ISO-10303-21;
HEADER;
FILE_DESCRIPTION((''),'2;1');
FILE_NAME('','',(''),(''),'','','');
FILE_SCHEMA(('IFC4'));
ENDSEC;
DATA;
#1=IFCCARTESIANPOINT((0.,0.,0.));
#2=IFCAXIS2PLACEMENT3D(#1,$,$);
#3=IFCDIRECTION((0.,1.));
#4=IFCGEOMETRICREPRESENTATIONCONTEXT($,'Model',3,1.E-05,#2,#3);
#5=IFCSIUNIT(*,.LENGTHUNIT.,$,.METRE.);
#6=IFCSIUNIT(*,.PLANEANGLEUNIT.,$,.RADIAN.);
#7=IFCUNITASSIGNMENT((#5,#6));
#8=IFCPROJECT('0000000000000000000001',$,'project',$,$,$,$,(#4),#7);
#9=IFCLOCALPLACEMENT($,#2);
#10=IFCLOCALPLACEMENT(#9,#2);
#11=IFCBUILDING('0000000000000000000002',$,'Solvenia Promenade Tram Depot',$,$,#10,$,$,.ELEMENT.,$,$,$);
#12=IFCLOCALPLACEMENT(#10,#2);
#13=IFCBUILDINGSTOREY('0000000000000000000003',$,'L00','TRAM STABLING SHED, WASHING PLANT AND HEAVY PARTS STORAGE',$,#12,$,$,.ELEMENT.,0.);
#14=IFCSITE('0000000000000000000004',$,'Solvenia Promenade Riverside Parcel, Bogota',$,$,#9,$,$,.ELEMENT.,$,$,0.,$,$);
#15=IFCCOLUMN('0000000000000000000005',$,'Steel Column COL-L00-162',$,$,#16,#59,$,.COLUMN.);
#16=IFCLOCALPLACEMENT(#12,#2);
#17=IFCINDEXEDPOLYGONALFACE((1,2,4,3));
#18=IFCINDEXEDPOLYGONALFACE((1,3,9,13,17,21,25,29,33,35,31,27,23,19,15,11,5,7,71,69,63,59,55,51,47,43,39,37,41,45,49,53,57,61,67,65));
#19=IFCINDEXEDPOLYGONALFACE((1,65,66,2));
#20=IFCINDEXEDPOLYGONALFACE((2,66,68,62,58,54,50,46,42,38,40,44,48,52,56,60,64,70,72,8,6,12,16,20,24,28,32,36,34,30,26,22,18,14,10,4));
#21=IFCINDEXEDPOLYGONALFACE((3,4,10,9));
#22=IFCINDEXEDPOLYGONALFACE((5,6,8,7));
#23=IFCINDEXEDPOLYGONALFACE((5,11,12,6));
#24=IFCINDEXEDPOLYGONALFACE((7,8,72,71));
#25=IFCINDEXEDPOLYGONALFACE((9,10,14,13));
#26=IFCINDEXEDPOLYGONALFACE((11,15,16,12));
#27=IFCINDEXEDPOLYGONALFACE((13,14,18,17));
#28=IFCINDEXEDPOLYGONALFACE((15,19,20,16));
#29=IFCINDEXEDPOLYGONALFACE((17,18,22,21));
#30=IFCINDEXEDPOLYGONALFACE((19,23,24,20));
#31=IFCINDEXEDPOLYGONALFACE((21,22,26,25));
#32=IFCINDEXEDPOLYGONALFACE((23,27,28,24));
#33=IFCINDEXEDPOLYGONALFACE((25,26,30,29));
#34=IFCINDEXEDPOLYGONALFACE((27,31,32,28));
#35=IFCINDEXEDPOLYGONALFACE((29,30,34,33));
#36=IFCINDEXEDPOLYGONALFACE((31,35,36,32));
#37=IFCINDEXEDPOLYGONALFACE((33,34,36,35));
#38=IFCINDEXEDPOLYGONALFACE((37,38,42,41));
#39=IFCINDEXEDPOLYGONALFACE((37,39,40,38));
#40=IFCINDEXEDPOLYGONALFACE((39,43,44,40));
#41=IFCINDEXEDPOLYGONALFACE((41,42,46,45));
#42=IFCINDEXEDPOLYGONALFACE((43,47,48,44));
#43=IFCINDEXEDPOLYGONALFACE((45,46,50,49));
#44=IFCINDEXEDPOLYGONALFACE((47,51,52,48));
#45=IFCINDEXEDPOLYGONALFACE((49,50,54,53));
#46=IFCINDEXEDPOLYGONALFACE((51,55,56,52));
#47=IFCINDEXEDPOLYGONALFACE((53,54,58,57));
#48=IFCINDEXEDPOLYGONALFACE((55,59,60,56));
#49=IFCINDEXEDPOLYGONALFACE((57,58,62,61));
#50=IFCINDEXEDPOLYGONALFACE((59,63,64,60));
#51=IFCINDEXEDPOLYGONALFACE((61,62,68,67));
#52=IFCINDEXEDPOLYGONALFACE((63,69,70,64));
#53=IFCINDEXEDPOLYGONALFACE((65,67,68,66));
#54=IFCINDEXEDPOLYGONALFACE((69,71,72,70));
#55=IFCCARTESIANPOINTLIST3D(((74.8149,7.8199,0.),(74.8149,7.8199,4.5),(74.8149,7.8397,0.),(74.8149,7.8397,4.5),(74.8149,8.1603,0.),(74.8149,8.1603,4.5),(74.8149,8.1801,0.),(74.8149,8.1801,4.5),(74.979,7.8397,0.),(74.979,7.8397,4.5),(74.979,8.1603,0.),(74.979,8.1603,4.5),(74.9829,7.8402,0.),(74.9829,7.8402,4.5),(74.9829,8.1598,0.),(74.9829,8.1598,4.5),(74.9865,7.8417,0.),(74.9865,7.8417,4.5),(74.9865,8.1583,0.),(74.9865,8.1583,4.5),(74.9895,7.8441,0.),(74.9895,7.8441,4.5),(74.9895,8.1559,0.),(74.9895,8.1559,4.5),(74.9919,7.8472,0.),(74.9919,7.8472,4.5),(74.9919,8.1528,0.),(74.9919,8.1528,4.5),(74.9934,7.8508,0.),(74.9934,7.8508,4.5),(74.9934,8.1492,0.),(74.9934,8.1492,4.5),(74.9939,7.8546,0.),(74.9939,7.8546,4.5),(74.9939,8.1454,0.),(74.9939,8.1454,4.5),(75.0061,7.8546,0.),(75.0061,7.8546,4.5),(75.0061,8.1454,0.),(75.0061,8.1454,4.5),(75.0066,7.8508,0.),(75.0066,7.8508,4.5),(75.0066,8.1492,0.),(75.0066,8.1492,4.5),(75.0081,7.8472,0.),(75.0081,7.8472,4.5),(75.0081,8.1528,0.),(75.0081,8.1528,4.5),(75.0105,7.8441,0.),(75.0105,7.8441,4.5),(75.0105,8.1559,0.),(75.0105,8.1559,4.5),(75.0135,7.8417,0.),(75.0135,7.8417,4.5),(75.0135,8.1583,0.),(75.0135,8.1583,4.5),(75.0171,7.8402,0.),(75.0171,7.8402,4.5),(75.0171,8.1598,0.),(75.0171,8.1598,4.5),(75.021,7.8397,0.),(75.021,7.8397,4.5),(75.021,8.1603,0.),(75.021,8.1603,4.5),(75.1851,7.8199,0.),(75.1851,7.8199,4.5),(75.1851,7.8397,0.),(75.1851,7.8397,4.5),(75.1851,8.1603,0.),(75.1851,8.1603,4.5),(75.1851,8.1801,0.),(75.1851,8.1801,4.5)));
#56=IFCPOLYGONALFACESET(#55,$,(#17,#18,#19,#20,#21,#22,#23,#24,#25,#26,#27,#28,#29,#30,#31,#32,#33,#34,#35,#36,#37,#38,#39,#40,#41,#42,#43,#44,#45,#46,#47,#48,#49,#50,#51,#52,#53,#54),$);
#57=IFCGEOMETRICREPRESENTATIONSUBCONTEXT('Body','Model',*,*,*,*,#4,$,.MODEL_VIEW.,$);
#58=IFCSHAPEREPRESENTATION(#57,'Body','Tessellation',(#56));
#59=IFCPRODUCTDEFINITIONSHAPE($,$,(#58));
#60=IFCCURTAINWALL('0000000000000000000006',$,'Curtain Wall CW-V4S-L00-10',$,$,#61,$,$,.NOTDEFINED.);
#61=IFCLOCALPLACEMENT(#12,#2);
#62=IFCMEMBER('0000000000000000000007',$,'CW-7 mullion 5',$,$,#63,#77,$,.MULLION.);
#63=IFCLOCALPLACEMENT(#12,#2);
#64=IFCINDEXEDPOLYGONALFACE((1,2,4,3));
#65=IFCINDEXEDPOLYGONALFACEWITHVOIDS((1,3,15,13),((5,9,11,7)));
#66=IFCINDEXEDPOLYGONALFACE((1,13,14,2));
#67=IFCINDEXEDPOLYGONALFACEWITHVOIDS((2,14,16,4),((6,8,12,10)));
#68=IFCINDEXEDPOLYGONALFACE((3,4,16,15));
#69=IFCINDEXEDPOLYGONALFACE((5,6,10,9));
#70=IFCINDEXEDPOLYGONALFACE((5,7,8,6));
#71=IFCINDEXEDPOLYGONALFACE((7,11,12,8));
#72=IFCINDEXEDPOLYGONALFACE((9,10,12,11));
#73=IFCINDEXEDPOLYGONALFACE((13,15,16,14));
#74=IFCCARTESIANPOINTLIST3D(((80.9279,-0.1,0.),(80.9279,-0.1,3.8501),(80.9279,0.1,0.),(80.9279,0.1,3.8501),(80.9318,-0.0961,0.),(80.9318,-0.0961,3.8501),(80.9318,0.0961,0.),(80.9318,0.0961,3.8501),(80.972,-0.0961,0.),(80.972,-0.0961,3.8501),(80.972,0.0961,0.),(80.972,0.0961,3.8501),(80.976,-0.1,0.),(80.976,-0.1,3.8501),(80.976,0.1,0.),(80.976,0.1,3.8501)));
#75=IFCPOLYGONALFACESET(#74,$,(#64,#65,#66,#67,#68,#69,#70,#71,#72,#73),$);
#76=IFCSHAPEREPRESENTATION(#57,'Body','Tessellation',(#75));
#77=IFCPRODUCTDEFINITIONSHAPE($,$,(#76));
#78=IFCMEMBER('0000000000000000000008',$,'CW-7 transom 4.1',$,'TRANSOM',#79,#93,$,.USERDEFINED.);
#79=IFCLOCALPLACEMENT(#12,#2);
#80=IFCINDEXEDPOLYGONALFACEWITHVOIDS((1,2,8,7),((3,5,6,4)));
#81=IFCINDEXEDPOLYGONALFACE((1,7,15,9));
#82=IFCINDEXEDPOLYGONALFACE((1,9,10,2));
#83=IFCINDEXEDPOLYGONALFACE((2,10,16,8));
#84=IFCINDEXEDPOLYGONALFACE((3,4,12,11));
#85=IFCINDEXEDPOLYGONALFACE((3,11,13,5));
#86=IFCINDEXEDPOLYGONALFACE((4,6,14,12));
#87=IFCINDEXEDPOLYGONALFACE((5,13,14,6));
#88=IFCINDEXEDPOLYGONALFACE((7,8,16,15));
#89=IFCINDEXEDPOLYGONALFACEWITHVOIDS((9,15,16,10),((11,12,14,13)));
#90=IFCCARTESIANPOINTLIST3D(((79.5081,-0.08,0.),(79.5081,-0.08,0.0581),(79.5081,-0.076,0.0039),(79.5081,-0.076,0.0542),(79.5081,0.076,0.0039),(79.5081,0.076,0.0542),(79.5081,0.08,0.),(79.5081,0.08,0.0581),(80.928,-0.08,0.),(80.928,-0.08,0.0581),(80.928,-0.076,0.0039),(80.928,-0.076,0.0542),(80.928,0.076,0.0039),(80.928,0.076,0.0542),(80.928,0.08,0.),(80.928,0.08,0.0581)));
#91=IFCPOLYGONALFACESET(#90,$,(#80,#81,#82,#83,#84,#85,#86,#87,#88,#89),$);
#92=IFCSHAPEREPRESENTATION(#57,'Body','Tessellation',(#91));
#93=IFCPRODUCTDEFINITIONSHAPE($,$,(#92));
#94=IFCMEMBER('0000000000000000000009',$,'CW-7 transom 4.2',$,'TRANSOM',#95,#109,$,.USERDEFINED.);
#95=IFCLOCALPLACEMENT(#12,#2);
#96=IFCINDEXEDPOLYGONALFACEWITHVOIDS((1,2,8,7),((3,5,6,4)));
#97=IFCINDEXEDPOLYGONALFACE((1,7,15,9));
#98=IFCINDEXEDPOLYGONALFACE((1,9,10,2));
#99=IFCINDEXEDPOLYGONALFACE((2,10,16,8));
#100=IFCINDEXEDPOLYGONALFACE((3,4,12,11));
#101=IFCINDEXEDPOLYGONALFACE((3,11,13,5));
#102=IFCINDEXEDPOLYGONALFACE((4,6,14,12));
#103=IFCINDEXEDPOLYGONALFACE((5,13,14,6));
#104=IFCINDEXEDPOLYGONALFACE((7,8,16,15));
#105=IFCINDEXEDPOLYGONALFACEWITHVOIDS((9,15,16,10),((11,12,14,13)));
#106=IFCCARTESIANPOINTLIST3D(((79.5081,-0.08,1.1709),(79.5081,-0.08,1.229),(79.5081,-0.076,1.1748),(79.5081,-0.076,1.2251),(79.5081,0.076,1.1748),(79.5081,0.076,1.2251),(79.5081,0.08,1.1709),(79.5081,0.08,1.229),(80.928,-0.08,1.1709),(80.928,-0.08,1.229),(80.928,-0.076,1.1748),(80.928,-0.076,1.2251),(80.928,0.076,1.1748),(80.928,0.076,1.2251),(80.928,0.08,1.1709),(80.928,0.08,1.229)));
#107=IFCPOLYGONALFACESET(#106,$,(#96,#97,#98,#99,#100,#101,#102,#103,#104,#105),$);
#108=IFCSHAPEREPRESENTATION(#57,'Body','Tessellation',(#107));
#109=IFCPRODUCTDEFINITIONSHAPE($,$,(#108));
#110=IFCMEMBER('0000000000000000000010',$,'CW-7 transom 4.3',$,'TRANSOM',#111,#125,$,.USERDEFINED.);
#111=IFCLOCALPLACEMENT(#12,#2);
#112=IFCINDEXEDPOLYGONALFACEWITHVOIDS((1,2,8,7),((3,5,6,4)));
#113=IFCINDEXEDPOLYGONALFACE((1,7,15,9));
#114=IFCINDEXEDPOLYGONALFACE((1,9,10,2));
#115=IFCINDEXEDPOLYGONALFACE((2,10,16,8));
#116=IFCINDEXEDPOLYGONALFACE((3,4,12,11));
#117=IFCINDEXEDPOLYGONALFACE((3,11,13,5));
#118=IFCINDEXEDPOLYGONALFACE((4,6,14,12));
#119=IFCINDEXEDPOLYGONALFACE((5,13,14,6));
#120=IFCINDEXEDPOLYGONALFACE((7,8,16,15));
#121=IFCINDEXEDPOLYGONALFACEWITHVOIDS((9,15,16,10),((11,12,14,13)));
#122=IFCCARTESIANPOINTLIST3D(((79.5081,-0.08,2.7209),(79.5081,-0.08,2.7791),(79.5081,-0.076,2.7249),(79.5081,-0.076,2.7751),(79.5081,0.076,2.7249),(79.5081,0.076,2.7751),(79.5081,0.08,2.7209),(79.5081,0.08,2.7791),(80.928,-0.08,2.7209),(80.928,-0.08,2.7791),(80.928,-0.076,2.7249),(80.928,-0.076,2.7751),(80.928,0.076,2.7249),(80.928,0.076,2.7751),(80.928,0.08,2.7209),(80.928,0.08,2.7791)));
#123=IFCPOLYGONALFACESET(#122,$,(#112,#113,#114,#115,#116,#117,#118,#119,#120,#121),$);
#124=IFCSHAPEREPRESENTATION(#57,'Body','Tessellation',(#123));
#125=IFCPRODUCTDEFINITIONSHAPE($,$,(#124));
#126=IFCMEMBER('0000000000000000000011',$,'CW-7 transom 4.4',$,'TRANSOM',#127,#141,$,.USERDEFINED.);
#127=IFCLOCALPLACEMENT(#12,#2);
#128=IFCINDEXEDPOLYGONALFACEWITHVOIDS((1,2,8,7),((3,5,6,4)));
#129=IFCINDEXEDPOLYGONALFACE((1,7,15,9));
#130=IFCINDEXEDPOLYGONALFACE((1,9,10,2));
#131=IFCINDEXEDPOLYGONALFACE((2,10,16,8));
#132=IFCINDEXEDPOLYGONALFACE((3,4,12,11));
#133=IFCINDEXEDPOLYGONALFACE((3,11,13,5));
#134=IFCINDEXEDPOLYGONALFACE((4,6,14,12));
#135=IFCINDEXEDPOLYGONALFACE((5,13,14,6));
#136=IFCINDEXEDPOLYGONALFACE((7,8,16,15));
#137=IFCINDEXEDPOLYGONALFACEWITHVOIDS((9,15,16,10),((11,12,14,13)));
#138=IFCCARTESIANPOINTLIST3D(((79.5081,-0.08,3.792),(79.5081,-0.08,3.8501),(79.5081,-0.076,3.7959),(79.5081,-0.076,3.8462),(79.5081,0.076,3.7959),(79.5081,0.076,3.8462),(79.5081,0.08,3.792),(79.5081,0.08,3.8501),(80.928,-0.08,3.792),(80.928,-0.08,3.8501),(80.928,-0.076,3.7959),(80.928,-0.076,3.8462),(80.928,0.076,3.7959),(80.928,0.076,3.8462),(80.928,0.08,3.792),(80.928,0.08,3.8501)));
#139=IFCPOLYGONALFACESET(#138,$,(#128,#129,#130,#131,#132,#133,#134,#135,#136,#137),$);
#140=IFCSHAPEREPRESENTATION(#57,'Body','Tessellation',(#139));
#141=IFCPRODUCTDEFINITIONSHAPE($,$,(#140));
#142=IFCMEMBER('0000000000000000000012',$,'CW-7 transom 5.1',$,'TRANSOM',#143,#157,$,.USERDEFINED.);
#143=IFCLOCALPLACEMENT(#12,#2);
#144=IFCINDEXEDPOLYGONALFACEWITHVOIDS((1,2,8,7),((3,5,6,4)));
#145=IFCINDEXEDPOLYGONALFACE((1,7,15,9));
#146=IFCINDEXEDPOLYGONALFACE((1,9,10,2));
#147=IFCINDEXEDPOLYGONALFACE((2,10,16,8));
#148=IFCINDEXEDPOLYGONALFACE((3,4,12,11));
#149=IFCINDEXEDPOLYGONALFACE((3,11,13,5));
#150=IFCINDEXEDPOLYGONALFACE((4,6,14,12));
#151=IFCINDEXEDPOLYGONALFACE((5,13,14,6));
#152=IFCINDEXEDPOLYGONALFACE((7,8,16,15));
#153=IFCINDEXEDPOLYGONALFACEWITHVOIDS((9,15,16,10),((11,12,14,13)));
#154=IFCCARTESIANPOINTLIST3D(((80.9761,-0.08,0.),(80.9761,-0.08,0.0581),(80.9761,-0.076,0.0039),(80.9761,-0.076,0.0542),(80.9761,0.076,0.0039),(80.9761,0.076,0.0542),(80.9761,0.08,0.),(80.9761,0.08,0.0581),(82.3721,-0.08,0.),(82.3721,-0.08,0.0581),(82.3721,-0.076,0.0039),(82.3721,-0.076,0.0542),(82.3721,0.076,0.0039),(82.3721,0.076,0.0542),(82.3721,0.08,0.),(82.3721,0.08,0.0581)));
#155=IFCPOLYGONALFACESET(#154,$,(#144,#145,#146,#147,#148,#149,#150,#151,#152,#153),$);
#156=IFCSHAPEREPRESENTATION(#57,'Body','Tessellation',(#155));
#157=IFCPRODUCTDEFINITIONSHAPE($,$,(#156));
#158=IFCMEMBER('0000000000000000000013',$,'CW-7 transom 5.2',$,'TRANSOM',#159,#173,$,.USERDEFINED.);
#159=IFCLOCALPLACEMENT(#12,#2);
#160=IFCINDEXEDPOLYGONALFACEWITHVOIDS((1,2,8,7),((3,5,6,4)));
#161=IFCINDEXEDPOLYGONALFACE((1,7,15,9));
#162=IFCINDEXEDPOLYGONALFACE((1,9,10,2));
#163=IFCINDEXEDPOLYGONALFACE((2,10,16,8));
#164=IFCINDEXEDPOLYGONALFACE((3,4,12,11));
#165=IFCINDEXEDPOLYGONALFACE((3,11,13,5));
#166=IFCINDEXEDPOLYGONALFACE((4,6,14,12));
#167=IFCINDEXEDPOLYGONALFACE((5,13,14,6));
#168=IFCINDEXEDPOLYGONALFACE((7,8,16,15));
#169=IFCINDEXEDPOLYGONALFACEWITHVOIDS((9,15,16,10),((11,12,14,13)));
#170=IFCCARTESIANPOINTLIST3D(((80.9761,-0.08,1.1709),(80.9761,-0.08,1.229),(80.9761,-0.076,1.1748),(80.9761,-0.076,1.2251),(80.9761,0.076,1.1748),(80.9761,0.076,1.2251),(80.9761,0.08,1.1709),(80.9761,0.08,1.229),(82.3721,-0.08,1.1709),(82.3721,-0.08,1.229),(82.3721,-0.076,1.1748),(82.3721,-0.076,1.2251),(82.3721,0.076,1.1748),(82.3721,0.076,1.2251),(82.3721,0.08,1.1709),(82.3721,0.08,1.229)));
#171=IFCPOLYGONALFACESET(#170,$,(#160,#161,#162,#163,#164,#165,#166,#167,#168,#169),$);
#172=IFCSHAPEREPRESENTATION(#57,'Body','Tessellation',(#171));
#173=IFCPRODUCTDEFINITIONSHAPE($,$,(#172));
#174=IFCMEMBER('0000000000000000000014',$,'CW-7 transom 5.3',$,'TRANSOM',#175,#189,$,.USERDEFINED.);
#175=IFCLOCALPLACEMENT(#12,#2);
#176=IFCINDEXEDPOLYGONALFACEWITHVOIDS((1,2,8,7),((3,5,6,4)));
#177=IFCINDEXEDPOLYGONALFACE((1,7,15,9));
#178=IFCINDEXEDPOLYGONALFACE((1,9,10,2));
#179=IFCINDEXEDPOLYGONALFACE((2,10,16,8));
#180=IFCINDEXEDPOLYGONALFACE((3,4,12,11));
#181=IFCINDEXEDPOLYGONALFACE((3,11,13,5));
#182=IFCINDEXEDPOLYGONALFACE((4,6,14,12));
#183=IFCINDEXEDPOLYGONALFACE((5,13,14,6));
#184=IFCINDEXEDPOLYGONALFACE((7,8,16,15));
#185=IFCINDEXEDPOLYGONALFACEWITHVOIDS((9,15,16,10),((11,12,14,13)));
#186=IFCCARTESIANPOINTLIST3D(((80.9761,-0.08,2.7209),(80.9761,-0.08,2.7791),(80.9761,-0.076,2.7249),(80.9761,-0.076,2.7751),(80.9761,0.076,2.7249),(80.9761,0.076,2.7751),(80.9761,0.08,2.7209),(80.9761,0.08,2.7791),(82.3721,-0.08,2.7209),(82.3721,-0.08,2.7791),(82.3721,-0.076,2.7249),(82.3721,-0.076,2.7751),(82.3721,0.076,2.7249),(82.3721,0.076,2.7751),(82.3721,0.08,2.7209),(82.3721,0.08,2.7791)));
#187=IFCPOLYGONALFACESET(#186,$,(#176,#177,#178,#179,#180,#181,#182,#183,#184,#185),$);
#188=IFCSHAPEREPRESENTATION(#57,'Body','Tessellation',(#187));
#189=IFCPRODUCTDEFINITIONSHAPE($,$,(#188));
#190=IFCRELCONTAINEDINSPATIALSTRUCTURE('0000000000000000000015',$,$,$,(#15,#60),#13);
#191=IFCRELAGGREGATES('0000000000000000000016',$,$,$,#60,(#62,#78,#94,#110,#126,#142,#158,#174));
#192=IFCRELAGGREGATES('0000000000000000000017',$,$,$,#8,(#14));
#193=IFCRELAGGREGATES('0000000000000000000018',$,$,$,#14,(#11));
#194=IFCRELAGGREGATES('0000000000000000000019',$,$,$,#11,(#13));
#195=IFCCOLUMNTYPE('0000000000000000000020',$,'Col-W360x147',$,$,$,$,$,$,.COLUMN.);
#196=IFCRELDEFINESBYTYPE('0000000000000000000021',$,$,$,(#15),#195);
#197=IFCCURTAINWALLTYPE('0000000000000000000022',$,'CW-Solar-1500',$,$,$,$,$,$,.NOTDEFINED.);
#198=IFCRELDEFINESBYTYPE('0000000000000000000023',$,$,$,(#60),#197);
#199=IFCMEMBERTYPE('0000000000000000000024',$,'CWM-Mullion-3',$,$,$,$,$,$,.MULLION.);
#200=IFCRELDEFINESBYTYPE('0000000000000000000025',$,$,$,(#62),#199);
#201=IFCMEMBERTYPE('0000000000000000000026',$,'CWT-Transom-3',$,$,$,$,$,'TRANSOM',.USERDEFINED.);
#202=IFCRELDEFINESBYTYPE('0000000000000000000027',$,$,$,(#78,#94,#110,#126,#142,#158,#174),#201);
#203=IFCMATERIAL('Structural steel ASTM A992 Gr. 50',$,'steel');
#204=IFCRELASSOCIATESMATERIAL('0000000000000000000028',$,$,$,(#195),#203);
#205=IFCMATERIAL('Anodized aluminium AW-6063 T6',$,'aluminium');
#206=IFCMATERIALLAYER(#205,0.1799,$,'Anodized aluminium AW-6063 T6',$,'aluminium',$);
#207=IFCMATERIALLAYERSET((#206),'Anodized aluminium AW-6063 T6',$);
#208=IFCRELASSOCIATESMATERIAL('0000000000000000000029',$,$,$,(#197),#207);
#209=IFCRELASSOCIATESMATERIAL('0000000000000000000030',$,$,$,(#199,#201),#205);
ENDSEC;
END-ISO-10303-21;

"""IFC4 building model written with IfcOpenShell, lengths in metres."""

from ifc_helpers import new_model, si_unit, direction, frame, origin, origin_2d, place, context, subcontext, project, spatial, hollow_rectangle, i_section, extrude, material, layer, layer_set, material_profile, profile_set, type_object, element, aggregate, save


model = new_model("IFC4")

# Units and contexts
model_context = context("Model", 3, precision=1e-05, world=origin(), true_north=direction((0.0, 1.0)))
body_context = subcontext(model_context, "Body", "Model", "MODEL_VIEW")
ifc_project = project(units=[si_unit("LENGTHUNIT", "METRE"), si_unit("PLANEANGLEUNIT", "RADIAN")], contexts=[model_context])

# Site, building, storey
site_placement = place(None, origin())
site = spatial("IfcSite", under=ifc_project, at=site_placement, Name="Solvenia Promenade Riverside Parcel, Bogota", CompositionType="ELEMENT", RefElevation=0.0)
building_placement = place(site_placement, origin())
building = spatial("IfcBuilding", under=site, at=building_placement, Name="Solvenia Promenade Tram Depot", CompositionType="ELEMENT")
storey_placement = place(building_placement, origin())
storey = spatial("IfcBuildingStorey", under=building, at=storey_placement, Name="L00", Description="TRAM STABLING SHED, WASHING PLANT AND HEAVY PARTS STORAGE", CompositionType="ELEMENT", Elevation=0.0)

# Column
ifc_material_1 = material(Name="Structural steel ASTM A992 Gr. 50", Category="steel")
ifc_material_profile_1 = material_profile(ifc_material_1, i_section(OverallWidth=0.3701, OverallDepth=0.3601, WebThickness=0.0122, FlangeThickness=0.0198, FilletRadius=0.0149, at=origin_2d()), Name="W360x147", Category="steel")
ifc_profile_set_1 = profile_set([ifc_material_profile_1], Name="Structural steel ASTM A992 Gr. 50")
column_type = type_object("IfcColumnType", Name="Col-W360x147", PredefinedType="COLUMN", material=ifc_profile_set_1)
column_placement = place(storey_placement, frame((75.0, 8.0, 0.0), z_axis=(0.0, 0.0, 1.0), x_axis=(1.0, 0.0, 0.0)))
element("IfcColumn", 1, at=column_placement, inside=storey, type_object=column_type, Name="Steel Column COL-L00-162", PredefinedType="COLUMN", context=body_context, shape_type="SweptSolid", body=[
    extrude(i_section(OverallWidth=0.3701, OverallDepth=0.3601, WebThickness=0.0122, FlangeThickness=0.0198, FilletRadius=0.0149, at=origin_2d()), origin(), (0.0, 0.0, 1.0), 4.5),
])

# Curtain wall, members
ifc_material_2 = material(Name="Anodized aluminium AW-6063 T6", Category="aluminium")
ifc_layer_1 = layer(ifc_material_2, 0.1799, Name="Anodized aluminium AW-6063 T6", Category="aluminium")
ifc_layer_set_1 = layer_set([ifc_layer_1], Name="Anodized aluminium AW-6063 T6")
curtain_wall_type = type_object("IfcCurtainWallType", Name="CW-Solar-1500", PredefinedType="NOTDEFINED", material=ifc_layer_set_1)
curtain_wall_placement = place(storey_placement, origin())
curtain_wall = element("IfcCurtainWall", 2, at=curtain_wall_placement, inside=storey, type_object=curtain_wall_type, Name="Curtain Wall CW-V4S-L00-10", PredefinedType="NOTDEFINED")
ifc_material_profile_2 = material_profile(ifc_material_2, hollow_rectangle(XDim=0.2, YDim=0.0481, WallThickness=0.0039, at=origin_2d()), Name="ALU-M3", Category="aluminium")
ifc_profile_set_2 = profile_set([ifc_material_profile_2], Name="Anodized aluminium AW-6063 T6")
member_type_1 = type_object("IfcMemberType", Name="CWM-Mullion-3", PredefinedType="MULLION", material=ifc_profile_set_2)
member_1_placement = place(storey_placement, frame((80.9519, 0.0, 0.0), z_axis=(0.0, 0.0, 1.0), x_axis=(0.0, 1.0, 0.0)))
member_1 = element("IfcMember", 3, at=member_1_placement, type_object=member_type_1, Name="CW-7 mullion 5", PredefinedType="MULLION", context=body_context, shape_type="SweptSolid", body=[
    extrude(hollow_rectangle(XDim=0.2, YDim=0.0481, WallThickness=0.0039, at=origin_2d()), origin(), (0.0, 0.0, 1.0), 3.8501),
])
ifc_material_profile_3 = material_profile(ifc_material_2, hollow_rectangle(XDim=0.1599, YDim=0.0581, WallThickness=0.0039, at=origin_2d()), Name="ALU-T3", Category="aluminium")
ifc_profile_set_3 = profile_set([ifc_material_profile_3], Name="Anodized aluminium AW-6063 T6")
member_type_2 = type_object("IfcMemberType", Name="CWT-Transom-3", ElementType="TRANSOM", PredefinedType="USERDEFINED", material=ifc_profile_set_3)
member_2_placement = place(storey_placement, frame((79.5081, 0.0, 0.0291), z_axis=(1.0, 0.0, 0.0), x_axis=(0.0, 1.0, 0.0)))
member_2 = element("IfcMember", 4, at=member_2_placement, type_object=member_type_2, Name="CW-7 transom 4.1", ObjectType="TRANSOM", PredefinedType="USERDEFINED", context=body_context, shape_type="SweptSolid", body=[
    extrude(hollow_rectangle(XDim=0.1599, YDim=0.0581, WallThickness=0.0039, at=origin_2d()), origin(), (0.0, 0.0, 1.0), 1.4199),
])
member_3_placement = place(storey_placement, frame((79.5081, 0.0, 1.2), z_axis=(1.0, 0.0, 0.0), x_axis=(0.0, 1.0, 0.0)))
member_3 = element("IfcMember", 5, at=member_3_placement, type_object=member_type_2, Name="CW-7 transom 4.2", ObjectType="TRANSOM", PredefinedType="USERDEFINED", context=body_context, shape_type="SweptSolid", body=[
    extrude(hollow_rectangle(XDim=0.1599, YDim=0.0581, WallThickness=0.0039, at=origin_2d()), origin(), (0.0, 0.0, 1.0), 1.4199),
])
member_4_placement = place(storey_placement, frame((79.5081, 0.0, 2.75), z_axis=(1.0, 0.0, 0.0), x_axis=(0.0, 1.0, 0.0)))
member_4 = element("IfcMember", 6, at=member_4_placement, type_object=member_type_2, Name="CW-7 transom 4.3", ObjectType="TRANSOM", PredefinedType="USERDEFINED", context=body_context, shape_type="SweptSolid", body=[
    extrude(hollow_rectangle(XDim=0.1599, YDim=0.0581, WallThickness=0.0039, at=origin_2d()), origin(), (0.0, 0.0, 1.0), 1.4199),
])
member_5_placement = place(storey_placement, frame((79.5081, 0.0, 3.821), z_axis=(1.0, 0.0, 0.0), x_axis=(0.0, 1.0, 0.0)))
member_5 = element("IfcMember", 7, at=member_5_placement, type_object=member_type_2, Name="CW-7 transom 4.4", ObjectType="TRANSOM", PredefinedType="USERDEFINED", context=body_context, shape_type="SweptSolid", body=[
    extrude(hollow_rectangle(XDim=0.1599, YDim=0.0581, WallThickness=0.0039, at=origin_2d()), origin(), (0.0, 0.0, 1.0), 1.4199),
])
member_6_placement = place(storey_placement, frame((80.9761, 0.0, 0.0291), z_axis=(1.0, 0.0, 0.0), x_axis=(0.0, 1.0, 0.0)))
member_6 = element("IfcMember", 8, at=member_6_placement, type_object=member_type_2, Name="CW-7 transom 5.1", ObjectType="TRANSOM", PredefinedType="USERDEFINED", context=body_context, shape_type="SweptSolid", body=[
    extrude(hollow_rectangle(XDim=0.1599, YDim=0.0581, WallThickness=0.0039, at=origin_2d()), origin(), (0.0, 0.0, 1.0), 1.396),
])
member_7_placement = place(storey_placement, frame((80.9761, 0.0, 1.2), z_axis=(1.0, 0.0, 0.0), x_axis=(0.0, 1.0, 0.0)))
member_7 = element("IfcMember", 9, at=member_7_placement, type_object=member_type_2, Name="CW-7 transom 5.2", ObjectType="TRANSOM", PredefinedType="USERDEFINED", context=body_context, shape_type="SweptSolid", body=[
    extrude(hollow_rectangle(XDim=0.1599, YDim=0.0581, WallThickness=0.0039, at=origin_2d()), origin(), (0.0, 0.0, 1.0), 1.396),
])
member_8_placement = place(storey_placement, frame((80.9761, 0.0, 2.75), z_axis=(1.0, 0.0, 0.0), x_axis=(0.0, 1.0, 0.0)))
member_8 = element("IfcMember", 10, at=member_8_placement, type_object=member_type_2, Name="CW-7 transom 5.3", ObjectType="TRANSOM", PredefinedType="USERDEFINED", context=body_context, shape_type="SweptSolid", body=[
    extrude(hollow_rectangle(XDim=0.1599, YDim=0.0581, WallThickness=0.0039, at=origin_2d()), origin(), (0.0, 0.0, 1.0), 1.396),
])
aggregate(curtain_wall, [member_1, member_2, member_3, member_4, member_5, member_6, member_7, member_8])

save(model, "model.ifc")
